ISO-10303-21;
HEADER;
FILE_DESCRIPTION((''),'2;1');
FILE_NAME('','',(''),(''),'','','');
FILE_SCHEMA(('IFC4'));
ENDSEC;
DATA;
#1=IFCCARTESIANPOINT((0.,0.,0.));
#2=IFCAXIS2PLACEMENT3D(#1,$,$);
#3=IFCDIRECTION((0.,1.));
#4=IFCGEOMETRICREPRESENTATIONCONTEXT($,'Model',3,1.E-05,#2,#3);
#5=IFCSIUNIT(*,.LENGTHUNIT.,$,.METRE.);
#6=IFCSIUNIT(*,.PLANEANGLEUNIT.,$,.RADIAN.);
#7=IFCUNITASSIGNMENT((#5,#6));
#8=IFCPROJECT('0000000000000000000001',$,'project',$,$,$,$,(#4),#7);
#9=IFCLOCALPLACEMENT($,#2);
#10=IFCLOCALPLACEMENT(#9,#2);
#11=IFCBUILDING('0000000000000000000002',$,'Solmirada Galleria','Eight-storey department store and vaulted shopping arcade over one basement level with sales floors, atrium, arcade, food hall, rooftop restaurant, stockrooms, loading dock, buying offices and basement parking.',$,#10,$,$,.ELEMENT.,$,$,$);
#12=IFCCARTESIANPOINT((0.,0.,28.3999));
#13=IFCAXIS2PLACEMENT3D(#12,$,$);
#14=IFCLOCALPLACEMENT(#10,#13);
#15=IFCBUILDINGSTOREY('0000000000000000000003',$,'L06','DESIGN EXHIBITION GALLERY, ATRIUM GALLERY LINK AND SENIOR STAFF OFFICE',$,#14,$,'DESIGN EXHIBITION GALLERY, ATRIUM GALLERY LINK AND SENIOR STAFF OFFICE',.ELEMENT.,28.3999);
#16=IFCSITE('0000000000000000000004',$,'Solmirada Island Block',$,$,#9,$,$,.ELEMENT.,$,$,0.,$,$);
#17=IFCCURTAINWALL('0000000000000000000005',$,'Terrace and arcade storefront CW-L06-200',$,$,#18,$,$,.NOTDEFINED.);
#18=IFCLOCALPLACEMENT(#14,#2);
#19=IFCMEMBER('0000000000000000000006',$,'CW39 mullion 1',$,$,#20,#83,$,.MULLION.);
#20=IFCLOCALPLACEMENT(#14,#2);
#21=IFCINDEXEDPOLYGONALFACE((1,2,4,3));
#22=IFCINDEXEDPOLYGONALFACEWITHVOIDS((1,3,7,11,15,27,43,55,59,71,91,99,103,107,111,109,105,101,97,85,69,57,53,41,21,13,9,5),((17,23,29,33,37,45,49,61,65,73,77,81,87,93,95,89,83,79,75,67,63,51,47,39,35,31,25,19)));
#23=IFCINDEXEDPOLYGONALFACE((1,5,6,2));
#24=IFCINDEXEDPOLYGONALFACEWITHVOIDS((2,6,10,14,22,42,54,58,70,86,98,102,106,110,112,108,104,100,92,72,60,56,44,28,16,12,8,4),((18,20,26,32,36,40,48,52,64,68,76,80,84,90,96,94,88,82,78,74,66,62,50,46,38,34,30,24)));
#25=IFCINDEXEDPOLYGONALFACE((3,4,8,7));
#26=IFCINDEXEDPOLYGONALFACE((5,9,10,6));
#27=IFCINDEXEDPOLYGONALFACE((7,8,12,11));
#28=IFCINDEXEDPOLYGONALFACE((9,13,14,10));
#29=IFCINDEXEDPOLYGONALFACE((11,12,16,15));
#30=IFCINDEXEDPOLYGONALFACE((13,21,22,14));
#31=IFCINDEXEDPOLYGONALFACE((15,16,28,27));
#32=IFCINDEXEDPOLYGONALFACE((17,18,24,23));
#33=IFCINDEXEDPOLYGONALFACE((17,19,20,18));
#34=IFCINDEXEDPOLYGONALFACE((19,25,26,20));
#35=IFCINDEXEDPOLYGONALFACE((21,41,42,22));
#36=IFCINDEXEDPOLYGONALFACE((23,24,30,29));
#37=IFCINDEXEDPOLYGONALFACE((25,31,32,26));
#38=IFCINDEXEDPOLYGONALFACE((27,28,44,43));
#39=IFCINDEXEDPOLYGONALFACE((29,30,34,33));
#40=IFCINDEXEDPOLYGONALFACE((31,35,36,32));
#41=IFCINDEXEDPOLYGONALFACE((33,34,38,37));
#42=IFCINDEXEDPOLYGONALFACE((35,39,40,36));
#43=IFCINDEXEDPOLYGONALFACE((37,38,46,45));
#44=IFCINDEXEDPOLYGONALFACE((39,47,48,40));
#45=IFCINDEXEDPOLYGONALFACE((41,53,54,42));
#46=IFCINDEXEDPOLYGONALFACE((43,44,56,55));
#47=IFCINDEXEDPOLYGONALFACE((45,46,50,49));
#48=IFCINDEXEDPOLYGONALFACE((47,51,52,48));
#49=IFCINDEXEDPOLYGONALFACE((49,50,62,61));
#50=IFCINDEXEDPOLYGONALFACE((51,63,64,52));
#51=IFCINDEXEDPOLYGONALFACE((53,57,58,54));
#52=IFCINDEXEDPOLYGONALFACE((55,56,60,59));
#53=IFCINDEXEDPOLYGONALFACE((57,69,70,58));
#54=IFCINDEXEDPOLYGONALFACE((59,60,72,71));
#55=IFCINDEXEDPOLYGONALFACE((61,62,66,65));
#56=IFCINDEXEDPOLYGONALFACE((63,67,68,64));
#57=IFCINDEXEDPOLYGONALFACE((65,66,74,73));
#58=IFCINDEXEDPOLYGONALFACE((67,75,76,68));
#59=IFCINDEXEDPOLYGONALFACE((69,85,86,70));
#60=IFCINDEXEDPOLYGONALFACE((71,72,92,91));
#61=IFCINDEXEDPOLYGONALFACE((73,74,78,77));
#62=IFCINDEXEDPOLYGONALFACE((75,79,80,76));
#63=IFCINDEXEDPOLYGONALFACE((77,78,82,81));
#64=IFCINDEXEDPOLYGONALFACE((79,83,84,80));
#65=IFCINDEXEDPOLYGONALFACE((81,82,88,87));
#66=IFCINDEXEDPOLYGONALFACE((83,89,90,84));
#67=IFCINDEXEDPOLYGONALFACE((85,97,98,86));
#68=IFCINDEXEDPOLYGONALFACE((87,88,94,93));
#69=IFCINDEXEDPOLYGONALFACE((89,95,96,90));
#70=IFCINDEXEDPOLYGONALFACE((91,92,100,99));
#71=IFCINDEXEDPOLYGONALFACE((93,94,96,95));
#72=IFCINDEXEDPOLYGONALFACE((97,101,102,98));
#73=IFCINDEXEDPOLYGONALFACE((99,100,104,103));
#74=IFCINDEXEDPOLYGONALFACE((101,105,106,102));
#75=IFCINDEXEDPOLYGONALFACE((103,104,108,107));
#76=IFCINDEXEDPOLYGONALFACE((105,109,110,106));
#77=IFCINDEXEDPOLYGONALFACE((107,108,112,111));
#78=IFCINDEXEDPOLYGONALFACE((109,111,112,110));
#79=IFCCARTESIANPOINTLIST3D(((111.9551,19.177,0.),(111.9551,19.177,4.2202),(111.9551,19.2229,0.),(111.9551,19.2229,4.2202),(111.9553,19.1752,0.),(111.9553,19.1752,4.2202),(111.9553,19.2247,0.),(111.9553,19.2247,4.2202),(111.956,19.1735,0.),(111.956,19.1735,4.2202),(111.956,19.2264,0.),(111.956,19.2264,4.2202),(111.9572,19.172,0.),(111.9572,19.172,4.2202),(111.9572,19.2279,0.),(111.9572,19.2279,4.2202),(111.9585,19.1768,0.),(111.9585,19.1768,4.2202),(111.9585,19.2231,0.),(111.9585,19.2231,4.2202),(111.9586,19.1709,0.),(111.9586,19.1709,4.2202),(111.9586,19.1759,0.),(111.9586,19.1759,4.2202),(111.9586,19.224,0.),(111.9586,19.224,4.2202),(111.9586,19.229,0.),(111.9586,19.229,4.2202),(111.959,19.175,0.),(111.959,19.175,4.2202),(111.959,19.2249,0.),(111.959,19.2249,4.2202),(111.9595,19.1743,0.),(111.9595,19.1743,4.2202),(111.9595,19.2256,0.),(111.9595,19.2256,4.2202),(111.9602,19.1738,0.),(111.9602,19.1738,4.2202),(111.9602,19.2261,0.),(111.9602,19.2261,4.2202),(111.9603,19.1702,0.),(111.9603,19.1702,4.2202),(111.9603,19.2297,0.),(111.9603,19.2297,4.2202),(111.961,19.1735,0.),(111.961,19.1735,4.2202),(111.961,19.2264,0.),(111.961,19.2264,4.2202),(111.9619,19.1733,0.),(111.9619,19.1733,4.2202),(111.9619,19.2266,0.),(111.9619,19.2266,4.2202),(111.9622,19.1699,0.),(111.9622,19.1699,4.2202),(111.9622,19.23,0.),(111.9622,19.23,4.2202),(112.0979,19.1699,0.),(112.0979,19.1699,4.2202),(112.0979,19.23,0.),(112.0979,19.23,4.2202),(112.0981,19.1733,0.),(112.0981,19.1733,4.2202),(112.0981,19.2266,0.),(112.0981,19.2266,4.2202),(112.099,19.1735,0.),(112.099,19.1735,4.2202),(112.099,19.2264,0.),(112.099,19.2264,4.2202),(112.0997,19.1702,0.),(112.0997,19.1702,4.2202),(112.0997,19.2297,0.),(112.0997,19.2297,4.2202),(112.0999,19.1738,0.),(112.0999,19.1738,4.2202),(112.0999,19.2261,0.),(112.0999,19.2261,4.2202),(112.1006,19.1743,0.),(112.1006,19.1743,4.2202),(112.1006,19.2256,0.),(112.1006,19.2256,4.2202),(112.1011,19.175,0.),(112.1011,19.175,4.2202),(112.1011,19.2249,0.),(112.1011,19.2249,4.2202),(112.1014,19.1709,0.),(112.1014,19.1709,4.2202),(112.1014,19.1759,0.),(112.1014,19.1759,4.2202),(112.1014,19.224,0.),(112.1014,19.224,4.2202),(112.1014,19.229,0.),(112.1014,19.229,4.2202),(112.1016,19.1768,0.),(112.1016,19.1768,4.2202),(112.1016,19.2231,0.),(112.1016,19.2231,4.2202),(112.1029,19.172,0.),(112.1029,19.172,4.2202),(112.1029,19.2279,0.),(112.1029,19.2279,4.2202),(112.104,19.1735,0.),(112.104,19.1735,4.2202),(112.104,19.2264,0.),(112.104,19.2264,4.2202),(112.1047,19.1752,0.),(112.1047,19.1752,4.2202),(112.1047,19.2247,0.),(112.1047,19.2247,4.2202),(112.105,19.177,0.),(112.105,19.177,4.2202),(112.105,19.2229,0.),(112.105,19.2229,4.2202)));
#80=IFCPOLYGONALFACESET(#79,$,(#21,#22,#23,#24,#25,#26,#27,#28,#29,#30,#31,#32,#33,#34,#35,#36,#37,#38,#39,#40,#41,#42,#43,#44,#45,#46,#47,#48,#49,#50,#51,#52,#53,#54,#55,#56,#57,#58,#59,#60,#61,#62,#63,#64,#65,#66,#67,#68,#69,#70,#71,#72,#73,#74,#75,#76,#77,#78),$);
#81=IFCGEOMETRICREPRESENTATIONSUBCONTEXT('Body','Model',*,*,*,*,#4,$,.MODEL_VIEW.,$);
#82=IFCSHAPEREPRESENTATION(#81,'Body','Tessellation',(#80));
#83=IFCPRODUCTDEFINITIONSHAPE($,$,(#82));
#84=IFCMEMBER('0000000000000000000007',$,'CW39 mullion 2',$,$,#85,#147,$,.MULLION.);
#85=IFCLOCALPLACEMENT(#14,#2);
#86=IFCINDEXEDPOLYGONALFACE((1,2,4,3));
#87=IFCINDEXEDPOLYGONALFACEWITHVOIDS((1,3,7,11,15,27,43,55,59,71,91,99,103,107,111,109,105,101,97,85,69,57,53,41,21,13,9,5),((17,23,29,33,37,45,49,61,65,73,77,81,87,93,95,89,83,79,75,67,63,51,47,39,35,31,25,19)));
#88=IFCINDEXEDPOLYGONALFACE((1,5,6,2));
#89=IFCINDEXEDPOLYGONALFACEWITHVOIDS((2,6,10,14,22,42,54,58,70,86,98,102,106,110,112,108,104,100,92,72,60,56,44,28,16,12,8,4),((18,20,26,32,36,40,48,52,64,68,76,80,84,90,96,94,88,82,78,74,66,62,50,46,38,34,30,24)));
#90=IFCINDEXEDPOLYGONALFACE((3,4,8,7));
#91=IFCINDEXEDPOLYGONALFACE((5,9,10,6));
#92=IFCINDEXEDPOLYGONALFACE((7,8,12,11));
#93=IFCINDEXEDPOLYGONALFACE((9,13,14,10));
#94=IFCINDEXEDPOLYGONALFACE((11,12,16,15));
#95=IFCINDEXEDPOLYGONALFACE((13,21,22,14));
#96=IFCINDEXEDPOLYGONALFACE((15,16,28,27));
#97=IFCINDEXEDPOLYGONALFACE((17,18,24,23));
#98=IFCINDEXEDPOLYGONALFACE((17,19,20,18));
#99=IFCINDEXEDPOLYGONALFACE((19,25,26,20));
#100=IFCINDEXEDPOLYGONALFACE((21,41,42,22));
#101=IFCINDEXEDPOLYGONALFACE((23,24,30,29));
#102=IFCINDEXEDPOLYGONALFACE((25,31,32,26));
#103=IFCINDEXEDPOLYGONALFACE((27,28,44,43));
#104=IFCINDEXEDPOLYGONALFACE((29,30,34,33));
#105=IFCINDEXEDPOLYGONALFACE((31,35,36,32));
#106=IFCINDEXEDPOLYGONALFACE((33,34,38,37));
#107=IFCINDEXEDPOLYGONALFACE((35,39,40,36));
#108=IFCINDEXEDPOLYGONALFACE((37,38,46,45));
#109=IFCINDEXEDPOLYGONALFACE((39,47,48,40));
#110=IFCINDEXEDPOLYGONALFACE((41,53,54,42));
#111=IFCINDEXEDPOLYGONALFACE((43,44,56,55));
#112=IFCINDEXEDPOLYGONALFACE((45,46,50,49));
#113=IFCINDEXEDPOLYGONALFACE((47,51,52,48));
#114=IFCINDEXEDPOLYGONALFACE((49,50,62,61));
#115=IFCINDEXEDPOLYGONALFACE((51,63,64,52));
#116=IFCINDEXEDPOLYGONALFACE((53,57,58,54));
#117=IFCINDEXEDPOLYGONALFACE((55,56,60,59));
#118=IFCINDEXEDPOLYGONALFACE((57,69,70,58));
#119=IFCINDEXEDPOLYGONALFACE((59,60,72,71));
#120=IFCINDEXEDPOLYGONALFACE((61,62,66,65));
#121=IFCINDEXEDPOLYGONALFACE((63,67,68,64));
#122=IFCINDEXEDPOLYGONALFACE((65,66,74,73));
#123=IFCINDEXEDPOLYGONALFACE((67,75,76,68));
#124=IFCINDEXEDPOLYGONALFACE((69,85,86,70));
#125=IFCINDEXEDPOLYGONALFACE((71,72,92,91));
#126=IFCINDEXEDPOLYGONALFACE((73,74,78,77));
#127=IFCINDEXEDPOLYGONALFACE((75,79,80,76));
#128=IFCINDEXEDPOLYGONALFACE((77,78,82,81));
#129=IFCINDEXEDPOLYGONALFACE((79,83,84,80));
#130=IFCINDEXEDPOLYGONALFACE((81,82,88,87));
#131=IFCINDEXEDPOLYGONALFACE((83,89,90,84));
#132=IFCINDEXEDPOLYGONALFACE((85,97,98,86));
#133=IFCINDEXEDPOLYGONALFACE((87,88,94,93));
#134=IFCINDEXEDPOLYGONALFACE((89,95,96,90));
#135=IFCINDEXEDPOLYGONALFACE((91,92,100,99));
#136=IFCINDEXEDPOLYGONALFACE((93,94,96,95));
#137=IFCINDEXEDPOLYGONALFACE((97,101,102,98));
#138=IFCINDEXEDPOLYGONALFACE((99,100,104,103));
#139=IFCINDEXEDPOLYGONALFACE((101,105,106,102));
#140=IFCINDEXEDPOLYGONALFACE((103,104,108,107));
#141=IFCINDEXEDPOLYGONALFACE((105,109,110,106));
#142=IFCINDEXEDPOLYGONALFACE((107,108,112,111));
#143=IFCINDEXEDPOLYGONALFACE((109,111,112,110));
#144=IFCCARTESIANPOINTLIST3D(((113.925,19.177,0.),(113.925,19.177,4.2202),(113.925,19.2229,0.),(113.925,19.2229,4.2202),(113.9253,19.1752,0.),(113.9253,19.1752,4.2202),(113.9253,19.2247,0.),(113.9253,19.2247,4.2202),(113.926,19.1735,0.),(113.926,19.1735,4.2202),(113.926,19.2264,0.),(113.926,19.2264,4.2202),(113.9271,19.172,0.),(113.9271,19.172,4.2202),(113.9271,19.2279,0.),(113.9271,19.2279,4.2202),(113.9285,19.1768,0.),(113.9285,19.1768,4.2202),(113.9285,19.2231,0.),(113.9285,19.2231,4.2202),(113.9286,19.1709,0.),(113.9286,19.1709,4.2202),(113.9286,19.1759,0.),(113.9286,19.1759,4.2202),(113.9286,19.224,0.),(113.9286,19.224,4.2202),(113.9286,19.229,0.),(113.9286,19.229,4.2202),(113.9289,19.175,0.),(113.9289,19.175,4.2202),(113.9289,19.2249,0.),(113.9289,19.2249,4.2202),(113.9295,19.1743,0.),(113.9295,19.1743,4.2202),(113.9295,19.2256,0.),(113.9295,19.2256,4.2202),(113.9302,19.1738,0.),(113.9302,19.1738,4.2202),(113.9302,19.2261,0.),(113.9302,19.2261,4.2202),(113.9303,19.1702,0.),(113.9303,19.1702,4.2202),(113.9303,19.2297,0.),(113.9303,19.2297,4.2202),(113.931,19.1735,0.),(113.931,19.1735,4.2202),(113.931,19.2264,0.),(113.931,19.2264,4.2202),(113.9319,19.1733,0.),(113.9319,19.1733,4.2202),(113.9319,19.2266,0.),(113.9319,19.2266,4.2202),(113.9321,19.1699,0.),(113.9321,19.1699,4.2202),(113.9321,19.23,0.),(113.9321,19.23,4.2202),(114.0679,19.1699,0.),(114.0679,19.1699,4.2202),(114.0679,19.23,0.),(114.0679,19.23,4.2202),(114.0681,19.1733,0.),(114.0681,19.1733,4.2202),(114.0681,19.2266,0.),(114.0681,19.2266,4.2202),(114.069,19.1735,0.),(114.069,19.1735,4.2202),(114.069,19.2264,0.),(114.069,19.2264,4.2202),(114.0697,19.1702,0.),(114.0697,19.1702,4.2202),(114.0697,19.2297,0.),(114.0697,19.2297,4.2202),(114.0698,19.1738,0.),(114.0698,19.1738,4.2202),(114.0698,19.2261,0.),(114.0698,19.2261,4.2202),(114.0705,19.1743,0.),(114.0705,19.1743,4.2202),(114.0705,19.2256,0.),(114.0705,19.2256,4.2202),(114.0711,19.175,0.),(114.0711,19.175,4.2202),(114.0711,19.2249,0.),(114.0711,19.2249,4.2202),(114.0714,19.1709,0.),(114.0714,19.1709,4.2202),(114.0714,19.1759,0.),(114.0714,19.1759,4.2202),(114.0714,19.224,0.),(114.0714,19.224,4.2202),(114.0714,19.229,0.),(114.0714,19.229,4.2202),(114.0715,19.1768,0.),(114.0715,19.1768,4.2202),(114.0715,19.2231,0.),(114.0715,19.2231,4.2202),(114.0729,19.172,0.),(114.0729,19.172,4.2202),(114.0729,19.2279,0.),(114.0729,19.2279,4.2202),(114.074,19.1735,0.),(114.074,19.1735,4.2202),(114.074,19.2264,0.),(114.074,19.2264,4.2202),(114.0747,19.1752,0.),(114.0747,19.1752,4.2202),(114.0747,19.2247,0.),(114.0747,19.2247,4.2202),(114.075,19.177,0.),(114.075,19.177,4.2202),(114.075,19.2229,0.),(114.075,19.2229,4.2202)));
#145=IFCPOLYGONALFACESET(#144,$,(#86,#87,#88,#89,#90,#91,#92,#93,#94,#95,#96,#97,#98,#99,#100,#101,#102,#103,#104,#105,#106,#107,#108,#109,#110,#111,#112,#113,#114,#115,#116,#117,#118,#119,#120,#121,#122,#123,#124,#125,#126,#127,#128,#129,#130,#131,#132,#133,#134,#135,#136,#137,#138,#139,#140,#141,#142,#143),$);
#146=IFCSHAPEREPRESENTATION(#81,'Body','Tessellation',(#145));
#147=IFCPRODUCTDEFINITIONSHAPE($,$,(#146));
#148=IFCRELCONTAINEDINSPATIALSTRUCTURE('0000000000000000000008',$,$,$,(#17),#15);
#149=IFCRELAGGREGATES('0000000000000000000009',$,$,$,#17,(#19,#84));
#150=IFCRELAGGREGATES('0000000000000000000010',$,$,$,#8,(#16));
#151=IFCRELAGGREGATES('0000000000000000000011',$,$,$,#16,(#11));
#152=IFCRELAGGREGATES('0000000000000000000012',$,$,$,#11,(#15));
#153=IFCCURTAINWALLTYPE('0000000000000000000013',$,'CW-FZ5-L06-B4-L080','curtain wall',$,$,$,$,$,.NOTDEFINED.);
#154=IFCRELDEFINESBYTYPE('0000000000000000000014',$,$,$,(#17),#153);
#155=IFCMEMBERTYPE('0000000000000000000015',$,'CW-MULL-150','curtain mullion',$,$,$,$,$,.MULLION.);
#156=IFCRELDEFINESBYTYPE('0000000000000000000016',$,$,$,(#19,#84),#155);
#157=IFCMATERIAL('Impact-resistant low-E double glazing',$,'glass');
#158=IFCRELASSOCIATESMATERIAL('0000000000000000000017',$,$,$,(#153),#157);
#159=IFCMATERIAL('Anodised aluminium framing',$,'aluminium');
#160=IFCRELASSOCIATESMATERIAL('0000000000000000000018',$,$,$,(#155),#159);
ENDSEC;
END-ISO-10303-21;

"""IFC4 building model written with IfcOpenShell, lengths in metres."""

from ifc_helpers import new_model, si_unit, direction, frame, origin, origin_2d, place, context, subcontext, project, spatial, hollow_rectangle, extrude, material, material_profile, profile_set, type_object, element, aggregate, save


model = new_model("IFC4")

# Units and contexts
model_context = context("Model", 3, precision=1e-05, world=origin(), true_north=direction((0.0, 1.0)))
body_context = subcontext(model_context, "Body", "Model", "MODEL_VIEW")
ifc_project = project(units=[si_unit("LENGTHUNIT", "METRE"), si_unit("PLANEANGLEUNIT", "RADIAN")], contexts=[model_context])

# Site, building, storey
site_placement = place(None, origin())
site = spatial("IfcSite", under=ifc_project, at=site_placement, Name="Solmirada Island Block", CompositionType="ELEMENT", RefElevation=0.0)
building_placement = place(site_placement, origin())
building = spatial("IfcBuilding", under=site, at=building_placement, Name="Solmirada Galleria", Description="Eight-storey department store and vaulted shopping arcade over one basement level with sales floors, atrium, arcade, food hall, rooftop restaurant, stockrooms, loading dock, buying offices and basement parking.", CompositionType="ELEMENT")
storey_placement = place(building_placement, frame((0.0, 0.0, 28.3999)))
storey = spatial("IfcBuildingStorey", under=building, at=storey_placement, Name="L06", Description="DESIGN EXHIBITION GALLERY, ATRIUM GALLERY LINK AND SENIOR STAFF OFFICE", LongName="DESIGN EXHIBITION GALLERY, ATRIUM GALLERY LINK AND SENIOR STAFF OFFICE", CompositionType="ELEMENT", Elevation=28.3999)

# Curtain wall, members
ifc_material_1 = material(Name="Impact-resistant low-E double glazing", Category="glass")
curtain_wall_type = type_object("IfcCurtainWallType", Name="CW-FZ5-L06-B4-L080", Description="curtain wall", PredefinedType="NOTDEFINED", material=ifc_material_1)
curtain_wall_placement = place(storey_placement, origin())
curtain_wall = element("IfcCurtainWall", 1, at=curtain_wall_placement, inside=storey, type_object=curtain_wall_type, Name="Terrace and arcade storefront CW-L06-200", PredefinedType="NOTDEFINED")
ifc_material_2 = material(Name="Anodised aluminium framing", Category="aluminium")
ifc_material_profile_1 = material_profile(ifc_material_2, hollow_rectangle(XDim=0.0601, YDim=0.1499, WallThickness=0.0034, InnerFilletRadius=0.0034, OuterFilletRadius=0.0071, at=origin_2d()), Name="ALU-MULL-150X60")
ifc_profile_set_1 = profile_set([ifc_material_profile_1], Name="Anodised aluminium framing")
member_type_1 = type_object("IfcMemberType", Name="CW-MULL-150", Description="curtain mullion", PredefinedType="MULLION", material=ifc_profile_set_1)
member_1_placement = place(storey_placement, frame((112.03, 19.2, 0.0), z_axis=(0.0, 0.0, 1.0), x_axis=(0.0, 1.0, 0.0)))
member_1 = element("IfcMember", 2, at=member_1_placement, type_object=member_type_1, Name="CW39 mullion 1", PredefinedType="MULLION", context=body_context, shape_type="SweptSolid", body=[
    extrude(hollow_rectangle(XDim=0.0601, YDim=0.1499, WallThickness=0.0034, InnerFilletRadius=0.0034, OuterFilletRadius=0.0071, at=origin_2d()), origin(), (0.0, 0.0, 1.0), 4.2202),
])
member_2_placement = place(storey_placement, frame((114.0, 19.2, 0.0), z_axis=(0.0, 0.0, 1.0), x_axis=(0.0, 1.0, 0.0)))
member_2 = element("IfcMember", 3, at=member_2_placement, type_object=member_type_1, Name="CW39 mullion 2", PredefinedType="MULLION", context=body_context, shape_type="SweptSolid", body=[
    extrude(hollow_rectangle(XDim=0.0601, YDim=0.1499, WallThickness=0.0034, InnerFilletRadius=0.0034, OuterFilletRadius=0.0071, at=origin_2d()), origin(), (0.0, 0.0, 1.0), 4.2202),
])
aggregate(curtain_wall, [member_1, member_2])

save(model, "model.ifc")
